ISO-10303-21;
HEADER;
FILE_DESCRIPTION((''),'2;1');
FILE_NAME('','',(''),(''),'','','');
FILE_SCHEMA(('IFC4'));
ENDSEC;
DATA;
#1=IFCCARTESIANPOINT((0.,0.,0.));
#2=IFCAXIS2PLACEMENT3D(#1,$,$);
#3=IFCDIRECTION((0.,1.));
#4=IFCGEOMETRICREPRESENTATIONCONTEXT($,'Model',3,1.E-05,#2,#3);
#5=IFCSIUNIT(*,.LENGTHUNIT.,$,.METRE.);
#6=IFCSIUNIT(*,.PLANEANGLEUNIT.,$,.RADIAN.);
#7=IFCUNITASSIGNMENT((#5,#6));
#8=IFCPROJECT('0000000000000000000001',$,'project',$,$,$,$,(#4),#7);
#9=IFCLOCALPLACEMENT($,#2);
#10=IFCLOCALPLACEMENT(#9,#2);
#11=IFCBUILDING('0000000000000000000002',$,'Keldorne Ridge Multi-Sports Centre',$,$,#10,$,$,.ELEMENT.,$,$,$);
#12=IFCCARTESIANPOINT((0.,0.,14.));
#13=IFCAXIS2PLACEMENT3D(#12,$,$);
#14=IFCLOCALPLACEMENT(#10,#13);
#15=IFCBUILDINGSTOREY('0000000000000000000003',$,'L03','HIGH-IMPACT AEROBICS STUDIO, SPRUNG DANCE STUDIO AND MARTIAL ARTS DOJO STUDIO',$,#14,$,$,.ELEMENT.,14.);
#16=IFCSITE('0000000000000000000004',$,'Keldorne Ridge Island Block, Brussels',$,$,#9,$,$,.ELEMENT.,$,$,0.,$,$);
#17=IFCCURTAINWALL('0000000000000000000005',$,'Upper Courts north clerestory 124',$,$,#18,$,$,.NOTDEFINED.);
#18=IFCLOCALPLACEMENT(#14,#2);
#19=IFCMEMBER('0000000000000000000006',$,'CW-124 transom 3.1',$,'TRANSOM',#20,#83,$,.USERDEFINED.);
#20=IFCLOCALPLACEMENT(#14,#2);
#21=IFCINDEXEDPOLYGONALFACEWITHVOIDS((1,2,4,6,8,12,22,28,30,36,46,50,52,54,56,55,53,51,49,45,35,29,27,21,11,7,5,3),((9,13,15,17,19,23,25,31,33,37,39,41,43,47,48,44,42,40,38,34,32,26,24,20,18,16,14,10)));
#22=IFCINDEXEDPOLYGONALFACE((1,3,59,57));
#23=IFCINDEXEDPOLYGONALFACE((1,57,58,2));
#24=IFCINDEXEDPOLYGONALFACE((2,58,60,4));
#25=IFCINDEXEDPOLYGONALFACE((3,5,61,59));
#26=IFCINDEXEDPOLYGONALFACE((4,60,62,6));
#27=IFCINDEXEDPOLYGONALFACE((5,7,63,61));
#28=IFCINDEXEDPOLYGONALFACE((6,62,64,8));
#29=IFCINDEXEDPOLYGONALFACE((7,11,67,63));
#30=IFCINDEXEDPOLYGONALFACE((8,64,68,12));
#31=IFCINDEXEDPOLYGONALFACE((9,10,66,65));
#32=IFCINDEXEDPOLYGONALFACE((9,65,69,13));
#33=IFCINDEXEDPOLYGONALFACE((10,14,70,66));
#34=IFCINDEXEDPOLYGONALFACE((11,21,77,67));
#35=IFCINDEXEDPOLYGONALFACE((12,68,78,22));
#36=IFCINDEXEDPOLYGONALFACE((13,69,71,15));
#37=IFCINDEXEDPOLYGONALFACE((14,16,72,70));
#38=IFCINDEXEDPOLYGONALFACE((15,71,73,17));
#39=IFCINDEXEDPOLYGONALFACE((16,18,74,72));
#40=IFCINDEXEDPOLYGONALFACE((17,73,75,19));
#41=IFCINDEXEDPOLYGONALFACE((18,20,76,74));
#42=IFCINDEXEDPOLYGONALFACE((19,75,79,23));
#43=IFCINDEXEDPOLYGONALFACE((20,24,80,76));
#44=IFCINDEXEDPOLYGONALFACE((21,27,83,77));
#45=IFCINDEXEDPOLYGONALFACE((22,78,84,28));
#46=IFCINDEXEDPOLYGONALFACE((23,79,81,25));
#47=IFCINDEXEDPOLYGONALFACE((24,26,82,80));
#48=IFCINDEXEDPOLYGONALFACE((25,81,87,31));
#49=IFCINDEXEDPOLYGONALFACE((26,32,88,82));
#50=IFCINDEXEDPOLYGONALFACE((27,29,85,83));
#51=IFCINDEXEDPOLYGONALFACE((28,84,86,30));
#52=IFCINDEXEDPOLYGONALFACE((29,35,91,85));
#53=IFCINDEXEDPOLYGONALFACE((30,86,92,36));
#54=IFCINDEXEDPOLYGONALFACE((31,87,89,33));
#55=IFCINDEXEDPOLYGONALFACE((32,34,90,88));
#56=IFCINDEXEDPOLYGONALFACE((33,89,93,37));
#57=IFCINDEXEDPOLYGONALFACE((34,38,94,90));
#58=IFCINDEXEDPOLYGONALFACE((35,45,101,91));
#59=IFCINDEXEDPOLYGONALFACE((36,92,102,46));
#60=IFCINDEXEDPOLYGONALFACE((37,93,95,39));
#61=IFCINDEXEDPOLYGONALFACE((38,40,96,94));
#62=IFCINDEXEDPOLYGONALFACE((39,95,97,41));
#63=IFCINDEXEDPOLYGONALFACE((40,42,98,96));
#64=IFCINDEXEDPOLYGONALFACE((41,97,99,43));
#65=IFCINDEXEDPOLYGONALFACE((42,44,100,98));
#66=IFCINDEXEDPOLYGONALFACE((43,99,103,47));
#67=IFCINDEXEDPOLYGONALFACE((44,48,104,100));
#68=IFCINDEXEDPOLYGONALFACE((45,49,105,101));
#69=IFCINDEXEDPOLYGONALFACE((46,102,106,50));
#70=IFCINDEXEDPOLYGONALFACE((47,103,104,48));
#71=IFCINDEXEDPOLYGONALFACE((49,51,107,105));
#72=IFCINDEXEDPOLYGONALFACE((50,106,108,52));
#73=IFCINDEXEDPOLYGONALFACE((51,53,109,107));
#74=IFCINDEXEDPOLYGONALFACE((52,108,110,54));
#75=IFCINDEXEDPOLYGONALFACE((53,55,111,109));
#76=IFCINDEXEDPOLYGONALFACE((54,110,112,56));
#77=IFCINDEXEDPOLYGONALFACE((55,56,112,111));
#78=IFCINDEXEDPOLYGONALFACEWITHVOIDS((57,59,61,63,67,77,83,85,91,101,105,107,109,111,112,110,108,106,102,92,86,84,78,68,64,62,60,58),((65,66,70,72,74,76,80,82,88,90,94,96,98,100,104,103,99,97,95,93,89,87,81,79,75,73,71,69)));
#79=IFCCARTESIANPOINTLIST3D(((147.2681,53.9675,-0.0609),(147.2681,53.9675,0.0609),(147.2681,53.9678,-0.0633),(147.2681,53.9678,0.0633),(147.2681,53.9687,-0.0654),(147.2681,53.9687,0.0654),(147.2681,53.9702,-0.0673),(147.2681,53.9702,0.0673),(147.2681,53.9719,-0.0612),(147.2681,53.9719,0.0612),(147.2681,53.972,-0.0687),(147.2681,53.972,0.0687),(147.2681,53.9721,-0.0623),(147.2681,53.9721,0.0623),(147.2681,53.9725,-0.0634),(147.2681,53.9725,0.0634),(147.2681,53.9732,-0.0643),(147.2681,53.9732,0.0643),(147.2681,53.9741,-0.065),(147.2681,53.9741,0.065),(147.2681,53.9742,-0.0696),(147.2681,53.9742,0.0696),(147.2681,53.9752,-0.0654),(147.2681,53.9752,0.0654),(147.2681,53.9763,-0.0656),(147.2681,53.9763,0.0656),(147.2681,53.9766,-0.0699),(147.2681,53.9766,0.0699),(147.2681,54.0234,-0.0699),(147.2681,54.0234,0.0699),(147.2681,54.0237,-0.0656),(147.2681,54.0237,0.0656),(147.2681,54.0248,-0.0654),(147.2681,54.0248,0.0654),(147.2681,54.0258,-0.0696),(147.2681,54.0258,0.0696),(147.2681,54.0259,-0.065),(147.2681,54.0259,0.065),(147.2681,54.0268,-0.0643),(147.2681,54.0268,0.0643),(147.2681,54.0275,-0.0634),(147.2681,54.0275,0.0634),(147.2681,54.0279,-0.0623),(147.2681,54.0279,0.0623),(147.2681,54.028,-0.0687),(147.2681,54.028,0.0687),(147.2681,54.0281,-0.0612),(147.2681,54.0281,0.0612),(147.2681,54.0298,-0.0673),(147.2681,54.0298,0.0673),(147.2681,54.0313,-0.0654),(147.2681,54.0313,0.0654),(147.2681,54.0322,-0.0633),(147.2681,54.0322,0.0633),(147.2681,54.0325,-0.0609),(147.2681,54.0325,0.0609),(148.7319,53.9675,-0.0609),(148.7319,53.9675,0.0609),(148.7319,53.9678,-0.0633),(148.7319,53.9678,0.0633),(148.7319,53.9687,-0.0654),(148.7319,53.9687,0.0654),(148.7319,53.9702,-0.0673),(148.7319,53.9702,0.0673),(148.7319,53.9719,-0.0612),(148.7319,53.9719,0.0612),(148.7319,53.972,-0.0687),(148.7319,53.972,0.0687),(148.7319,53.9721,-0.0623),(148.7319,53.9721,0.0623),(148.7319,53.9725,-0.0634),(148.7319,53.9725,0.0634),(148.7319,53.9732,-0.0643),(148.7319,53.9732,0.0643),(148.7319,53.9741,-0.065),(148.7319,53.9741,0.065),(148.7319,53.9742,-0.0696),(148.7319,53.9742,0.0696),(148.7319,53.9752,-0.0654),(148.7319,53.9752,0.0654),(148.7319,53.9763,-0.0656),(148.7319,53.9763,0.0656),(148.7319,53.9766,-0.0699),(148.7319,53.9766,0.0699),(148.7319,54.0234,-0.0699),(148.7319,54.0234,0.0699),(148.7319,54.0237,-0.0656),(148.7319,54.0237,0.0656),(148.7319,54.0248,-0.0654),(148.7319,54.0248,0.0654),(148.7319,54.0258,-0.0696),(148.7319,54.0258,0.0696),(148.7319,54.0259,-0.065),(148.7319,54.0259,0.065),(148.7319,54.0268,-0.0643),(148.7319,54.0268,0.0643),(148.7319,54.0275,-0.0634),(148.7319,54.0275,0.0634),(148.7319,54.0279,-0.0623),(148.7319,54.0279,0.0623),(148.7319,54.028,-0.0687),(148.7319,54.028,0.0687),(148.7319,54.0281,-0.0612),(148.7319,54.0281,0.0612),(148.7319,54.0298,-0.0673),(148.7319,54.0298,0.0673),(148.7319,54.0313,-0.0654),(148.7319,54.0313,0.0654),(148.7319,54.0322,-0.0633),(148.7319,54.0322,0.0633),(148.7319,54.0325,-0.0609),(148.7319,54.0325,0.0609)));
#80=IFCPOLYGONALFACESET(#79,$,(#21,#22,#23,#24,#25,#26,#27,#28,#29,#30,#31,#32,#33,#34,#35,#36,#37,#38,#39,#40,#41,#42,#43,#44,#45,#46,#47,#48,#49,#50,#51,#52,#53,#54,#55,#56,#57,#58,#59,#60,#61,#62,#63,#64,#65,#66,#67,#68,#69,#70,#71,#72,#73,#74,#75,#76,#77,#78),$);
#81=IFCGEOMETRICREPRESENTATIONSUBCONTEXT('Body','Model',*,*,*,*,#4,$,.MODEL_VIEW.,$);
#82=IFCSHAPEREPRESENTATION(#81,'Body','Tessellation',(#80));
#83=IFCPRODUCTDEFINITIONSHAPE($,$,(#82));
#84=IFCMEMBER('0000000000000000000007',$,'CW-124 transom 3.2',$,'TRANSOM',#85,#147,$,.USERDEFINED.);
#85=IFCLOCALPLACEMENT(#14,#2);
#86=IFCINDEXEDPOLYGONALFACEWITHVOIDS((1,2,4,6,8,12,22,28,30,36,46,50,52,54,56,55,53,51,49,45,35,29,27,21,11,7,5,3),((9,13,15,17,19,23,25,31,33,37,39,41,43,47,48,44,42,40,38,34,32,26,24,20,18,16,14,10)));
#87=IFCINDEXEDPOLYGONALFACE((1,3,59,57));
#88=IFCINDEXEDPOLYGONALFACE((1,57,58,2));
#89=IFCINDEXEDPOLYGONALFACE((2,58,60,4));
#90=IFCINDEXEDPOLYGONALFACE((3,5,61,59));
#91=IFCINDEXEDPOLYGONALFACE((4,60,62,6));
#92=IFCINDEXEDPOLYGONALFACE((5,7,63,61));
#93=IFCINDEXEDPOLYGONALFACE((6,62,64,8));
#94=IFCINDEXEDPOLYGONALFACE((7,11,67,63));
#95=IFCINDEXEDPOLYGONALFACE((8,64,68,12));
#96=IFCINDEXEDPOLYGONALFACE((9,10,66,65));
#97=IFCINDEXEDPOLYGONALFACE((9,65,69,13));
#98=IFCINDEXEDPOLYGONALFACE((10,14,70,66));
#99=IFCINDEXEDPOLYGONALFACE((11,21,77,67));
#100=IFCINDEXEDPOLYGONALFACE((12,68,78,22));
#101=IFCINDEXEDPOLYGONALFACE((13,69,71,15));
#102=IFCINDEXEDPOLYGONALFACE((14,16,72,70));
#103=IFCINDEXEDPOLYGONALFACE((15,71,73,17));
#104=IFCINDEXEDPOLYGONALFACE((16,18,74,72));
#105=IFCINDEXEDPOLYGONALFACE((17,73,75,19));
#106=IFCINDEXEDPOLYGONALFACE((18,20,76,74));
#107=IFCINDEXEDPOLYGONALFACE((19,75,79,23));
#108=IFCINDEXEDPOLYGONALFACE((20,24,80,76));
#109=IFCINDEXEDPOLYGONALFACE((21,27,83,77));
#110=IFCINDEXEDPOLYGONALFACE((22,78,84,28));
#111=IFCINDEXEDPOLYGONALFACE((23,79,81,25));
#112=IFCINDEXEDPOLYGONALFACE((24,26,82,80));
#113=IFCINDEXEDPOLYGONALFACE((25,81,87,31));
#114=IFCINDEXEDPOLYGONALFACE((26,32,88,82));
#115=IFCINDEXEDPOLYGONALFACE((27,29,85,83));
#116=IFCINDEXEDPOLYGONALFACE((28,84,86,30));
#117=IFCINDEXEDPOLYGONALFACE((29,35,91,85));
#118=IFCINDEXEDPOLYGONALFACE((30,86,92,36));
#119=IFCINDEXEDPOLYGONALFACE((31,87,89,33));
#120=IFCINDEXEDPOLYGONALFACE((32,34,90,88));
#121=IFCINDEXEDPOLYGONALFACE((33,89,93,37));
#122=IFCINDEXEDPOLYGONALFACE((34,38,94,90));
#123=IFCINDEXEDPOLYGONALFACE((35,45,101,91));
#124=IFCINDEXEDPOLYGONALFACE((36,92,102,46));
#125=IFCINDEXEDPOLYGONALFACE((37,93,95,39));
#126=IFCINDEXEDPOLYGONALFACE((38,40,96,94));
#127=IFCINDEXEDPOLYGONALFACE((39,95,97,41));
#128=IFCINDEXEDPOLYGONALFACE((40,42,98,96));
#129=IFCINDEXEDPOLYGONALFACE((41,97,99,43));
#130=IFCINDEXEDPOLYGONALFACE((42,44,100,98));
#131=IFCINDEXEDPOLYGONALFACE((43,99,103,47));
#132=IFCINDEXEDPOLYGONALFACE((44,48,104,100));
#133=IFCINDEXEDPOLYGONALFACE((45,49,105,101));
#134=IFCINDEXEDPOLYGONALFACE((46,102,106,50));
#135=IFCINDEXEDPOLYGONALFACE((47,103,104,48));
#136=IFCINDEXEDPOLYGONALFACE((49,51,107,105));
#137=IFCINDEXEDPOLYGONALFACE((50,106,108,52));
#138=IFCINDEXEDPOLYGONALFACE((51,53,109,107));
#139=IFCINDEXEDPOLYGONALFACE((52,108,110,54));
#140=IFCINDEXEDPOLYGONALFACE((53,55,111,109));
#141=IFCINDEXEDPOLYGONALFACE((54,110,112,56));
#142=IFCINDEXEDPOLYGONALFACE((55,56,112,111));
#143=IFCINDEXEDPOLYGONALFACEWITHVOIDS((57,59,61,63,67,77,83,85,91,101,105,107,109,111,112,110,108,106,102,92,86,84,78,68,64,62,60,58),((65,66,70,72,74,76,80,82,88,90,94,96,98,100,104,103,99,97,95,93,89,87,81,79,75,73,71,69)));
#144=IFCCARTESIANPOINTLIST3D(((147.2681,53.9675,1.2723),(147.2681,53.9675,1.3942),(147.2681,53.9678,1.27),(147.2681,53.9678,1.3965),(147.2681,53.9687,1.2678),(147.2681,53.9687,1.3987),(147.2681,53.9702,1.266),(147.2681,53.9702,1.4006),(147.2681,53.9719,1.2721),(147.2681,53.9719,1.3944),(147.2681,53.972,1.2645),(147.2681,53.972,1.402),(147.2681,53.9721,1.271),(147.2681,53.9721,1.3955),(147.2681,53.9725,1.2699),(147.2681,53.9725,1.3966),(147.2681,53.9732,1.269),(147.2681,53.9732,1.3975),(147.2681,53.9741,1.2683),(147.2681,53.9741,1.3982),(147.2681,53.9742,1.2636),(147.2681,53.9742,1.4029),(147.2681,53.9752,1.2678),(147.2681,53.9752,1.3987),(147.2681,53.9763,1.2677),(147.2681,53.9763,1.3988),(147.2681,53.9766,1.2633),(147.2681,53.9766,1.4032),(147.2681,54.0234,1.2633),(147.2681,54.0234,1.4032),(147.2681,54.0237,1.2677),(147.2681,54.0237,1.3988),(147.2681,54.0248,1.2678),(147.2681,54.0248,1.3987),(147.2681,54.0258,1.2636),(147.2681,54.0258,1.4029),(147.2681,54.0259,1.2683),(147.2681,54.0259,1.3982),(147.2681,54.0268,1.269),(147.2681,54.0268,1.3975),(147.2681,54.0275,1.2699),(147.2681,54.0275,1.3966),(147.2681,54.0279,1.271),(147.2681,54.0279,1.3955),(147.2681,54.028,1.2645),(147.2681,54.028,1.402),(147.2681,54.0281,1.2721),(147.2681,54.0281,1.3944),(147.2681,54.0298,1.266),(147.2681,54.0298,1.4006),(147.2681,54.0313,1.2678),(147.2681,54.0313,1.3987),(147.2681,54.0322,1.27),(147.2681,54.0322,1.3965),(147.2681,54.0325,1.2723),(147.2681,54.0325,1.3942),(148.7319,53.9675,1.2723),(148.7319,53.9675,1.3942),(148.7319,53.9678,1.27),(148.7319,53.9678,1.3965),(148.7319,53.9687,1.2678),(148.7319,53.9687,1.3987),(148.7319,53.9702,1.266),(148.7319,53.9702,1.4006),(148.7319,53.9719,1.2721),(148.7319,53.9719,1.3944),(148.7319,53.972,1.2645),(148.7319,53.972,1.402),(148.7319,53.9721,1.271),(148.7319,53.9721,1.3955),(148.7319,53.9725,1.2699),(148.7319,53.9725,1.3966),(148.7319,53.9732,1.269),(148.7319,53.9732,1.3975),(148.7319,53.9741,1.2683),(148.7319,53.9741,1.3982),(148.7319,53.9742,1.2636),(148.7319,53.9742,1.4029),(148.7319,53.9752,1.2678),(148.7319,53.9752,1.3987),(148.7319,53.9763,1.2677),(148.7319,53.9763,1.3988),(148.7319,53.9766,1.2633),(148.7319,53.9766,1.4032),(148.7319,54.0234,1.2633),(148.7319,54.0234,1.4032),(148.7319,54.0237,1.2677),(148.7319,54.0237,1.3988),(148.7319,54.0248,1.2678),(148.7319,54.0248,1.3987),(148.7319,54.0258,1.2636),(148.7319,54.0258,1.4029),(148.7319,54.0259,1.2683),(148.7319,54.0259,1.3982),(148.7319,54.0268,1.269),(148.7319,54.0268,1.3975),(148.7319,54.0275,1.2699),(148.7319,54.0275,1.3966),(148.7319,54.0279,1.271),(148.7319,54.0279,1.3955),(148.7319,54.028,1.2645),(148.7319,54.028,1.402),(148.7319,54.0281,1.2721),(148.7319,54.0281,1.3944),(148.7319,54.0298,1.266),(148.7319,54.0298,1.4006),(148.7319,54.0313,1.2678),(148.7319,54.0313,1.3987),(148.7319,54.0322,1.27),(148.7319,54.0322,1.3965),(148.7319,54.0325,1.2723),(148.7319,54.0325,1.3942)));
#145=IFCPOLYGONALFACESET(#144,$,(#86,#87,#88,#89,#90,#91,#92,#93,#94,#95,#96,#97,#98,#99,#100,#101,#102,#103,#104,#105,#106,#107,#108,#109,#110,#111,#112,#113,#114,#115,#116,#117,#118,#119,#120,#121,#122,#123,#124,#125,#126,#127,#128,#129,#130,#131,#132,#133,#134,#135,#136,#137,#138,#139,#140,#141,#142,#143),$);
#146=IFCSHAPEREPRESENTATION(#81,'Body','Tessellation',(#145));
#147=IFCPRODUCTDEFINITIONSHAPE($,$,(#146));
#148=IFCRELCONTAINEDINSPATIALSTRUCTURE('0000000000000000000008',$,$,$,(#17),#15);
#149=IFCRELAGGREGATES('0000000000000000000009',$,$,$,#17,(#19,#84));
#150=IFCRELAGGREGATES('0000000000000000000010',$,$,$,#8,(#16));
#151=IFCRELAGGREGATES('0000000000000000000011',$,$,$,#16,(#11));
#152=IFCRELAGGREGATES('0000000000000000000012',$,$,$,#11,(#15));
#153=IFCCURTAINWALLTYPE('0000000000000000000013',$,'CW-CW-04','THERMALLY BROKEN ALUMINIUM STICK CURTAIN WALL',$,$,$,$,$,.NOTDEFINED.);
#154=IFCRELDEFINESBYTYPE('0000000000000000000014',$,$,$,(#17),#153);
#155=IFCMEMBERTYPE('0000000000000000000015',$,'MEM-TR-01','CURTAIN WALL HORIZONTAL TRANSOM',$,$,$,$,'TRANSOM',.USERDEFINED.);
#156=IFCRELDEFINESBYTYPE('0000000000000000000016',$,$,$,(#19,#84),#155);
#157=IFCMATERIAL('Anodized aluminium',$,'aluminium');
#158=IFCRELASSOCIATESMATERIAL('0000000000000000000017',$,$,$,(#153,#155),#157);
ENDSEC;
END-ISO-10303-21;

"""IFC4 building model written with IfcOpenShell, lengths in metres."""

from ifc_helpers import new_model, si_unit, direction, frame, origin, origin_2d, place, context, subcontext, project, spatial, hollow_rectangle, extrude, material, material_profile, profile_set, type_object, element, aggregate, save


model = new_model("IFC4")

# Units and contexts
model_context = context("Model", 3, precision=1e-05, world=origin(), true_north=direction((0.0, 1.0)))
body_context = subcontext(model_context, "Body", "Model", "MODEL_VIEW")
ifc_project = project(units=[si_unit("LENGTHUNIT", "METRE"), si_unit("PLANEANGLEUNIT", "RADIAN")], contexts=[model_context])

# Site, building, storey
site_placement = place(None, origin())
site = spatial("IfcSite", under=ifc_project, at=site_placement, Name="Keldorne Ridge Island Block, Brussels", CompositionType="ELEMENT", RefElevation=0.0)
building_placement = place(site_placement, origin())
building = spatial("IfcBuilding", under=site, at=building_placement, Name="Keldorne Ridge Multi-Sports Centre", CompositionType="ELEMENT")
storey_placement = place(building_placement, frame((0.0, 0.0, 14.0)))
storey = spatial("IfcBuildingStorey", under=building, at=storey_placement, Name="L03", Description="HIGH-IMPACT AEROBICS STUDIO, SPRUNG DANCE STUDIO AND MARTIAL ARTS DOJO STUDIO", CompositionType="ELEMENT", Elevation=14.0)

# Curtain wall
ifc_material_1 = material(Name="Anodized aluminium", Category="aluminium")
curtain_wall_type = type_object("IfcCurtainWallType", Name="CW-CW-04", Description="THERMALLY BROKEN ALUMINIUM STICK CURTAIN WALL", PredefinedType="NOTDEFINED", material=ifc_material_1)
curtain_wall_placement = place(storey_placement, origin())
curtain_wall = element("IfcCurtainWall", 1, at=curtain_wall_placement, inside=storey, type_object=curtain_wall_type, Name="Upper Courts north clerestory 124", PredefinedType="NOTDEFINED")

# Members
ifc_material_profile_1 = material_profile(ifc_material_1, hollow_rectangle(XDim=0.0649, YDim=0.1399, WallThickness=0.0044, InnerFilletRadius=0.0044, OuterFilletRadius=0.009, at=origin_2d()), Name="ALU TRANSOM 140x65x4.5")
ifc_profile_set_1 = profile_set([ifc_material_profile_1], Name="Anodized aluminium")
member_type_1 = type_object("IfcMemberType", Name="MEM-TR-01", Description="CURTAIN WALL HORIZONTAL TRANSOM", ElementType="TRANSOM", PredefinedType="USERDEFINED", material=ifc_profile_set_1)
member_1_placement = place(storey_placement, frame((148.7319, 54.0, 0.0), z_axis=(-1.0, 0.0, 0.0), x_axis=(0.0, -1.0, 0.0)))
member_1 = element("IfcMember", 2, at=member_1_placement, type_object=member_type_1, Name="CW-124 transom 3.1", ObjectType="TRANSOM", PredefinedType="USERDEFINED", context=body_context, shape_type="SweptSolid", body=[
    extrude(hollow_rectangle(XDim=0.0649, YDim=0.1399, WallThickness=0.0044, InnerFilletRadius=0.0044, OuterFilletRadius=0.009, at=origin_2d()), origin(), (0.0, 0.0, 1.0), 1.4639),
])
member_2_placement = place(storey_placement, frame((148.7319, 54.0, 1.3333), z_axis=(-1.0, 0.0, 0.0), x_axis=(0.0, -1.0, 0.0)))
member_2 = element("IfcMember", 3, at=member_2_placement, type_object=member_type_1, Name="CW-124 transom 3.2", ObjectType="TRANSOM", PredefinedType="USERDEFINED", context=body_context, shape_type="SweptSolid", body=[
    extrude(hollow_rectangle(XDim=0.0649, YDim=0.1399, WallThickness=0.0044, InnerFilletRadius=0.0044, OuterFilletRadius=0.009, at=origin_2d()), origin(), (0.0, 0.0, 1.0), 1.4639),
])

aggregate(curtain_wall, [member_1, member_2])

save(model, "model.ifc")
